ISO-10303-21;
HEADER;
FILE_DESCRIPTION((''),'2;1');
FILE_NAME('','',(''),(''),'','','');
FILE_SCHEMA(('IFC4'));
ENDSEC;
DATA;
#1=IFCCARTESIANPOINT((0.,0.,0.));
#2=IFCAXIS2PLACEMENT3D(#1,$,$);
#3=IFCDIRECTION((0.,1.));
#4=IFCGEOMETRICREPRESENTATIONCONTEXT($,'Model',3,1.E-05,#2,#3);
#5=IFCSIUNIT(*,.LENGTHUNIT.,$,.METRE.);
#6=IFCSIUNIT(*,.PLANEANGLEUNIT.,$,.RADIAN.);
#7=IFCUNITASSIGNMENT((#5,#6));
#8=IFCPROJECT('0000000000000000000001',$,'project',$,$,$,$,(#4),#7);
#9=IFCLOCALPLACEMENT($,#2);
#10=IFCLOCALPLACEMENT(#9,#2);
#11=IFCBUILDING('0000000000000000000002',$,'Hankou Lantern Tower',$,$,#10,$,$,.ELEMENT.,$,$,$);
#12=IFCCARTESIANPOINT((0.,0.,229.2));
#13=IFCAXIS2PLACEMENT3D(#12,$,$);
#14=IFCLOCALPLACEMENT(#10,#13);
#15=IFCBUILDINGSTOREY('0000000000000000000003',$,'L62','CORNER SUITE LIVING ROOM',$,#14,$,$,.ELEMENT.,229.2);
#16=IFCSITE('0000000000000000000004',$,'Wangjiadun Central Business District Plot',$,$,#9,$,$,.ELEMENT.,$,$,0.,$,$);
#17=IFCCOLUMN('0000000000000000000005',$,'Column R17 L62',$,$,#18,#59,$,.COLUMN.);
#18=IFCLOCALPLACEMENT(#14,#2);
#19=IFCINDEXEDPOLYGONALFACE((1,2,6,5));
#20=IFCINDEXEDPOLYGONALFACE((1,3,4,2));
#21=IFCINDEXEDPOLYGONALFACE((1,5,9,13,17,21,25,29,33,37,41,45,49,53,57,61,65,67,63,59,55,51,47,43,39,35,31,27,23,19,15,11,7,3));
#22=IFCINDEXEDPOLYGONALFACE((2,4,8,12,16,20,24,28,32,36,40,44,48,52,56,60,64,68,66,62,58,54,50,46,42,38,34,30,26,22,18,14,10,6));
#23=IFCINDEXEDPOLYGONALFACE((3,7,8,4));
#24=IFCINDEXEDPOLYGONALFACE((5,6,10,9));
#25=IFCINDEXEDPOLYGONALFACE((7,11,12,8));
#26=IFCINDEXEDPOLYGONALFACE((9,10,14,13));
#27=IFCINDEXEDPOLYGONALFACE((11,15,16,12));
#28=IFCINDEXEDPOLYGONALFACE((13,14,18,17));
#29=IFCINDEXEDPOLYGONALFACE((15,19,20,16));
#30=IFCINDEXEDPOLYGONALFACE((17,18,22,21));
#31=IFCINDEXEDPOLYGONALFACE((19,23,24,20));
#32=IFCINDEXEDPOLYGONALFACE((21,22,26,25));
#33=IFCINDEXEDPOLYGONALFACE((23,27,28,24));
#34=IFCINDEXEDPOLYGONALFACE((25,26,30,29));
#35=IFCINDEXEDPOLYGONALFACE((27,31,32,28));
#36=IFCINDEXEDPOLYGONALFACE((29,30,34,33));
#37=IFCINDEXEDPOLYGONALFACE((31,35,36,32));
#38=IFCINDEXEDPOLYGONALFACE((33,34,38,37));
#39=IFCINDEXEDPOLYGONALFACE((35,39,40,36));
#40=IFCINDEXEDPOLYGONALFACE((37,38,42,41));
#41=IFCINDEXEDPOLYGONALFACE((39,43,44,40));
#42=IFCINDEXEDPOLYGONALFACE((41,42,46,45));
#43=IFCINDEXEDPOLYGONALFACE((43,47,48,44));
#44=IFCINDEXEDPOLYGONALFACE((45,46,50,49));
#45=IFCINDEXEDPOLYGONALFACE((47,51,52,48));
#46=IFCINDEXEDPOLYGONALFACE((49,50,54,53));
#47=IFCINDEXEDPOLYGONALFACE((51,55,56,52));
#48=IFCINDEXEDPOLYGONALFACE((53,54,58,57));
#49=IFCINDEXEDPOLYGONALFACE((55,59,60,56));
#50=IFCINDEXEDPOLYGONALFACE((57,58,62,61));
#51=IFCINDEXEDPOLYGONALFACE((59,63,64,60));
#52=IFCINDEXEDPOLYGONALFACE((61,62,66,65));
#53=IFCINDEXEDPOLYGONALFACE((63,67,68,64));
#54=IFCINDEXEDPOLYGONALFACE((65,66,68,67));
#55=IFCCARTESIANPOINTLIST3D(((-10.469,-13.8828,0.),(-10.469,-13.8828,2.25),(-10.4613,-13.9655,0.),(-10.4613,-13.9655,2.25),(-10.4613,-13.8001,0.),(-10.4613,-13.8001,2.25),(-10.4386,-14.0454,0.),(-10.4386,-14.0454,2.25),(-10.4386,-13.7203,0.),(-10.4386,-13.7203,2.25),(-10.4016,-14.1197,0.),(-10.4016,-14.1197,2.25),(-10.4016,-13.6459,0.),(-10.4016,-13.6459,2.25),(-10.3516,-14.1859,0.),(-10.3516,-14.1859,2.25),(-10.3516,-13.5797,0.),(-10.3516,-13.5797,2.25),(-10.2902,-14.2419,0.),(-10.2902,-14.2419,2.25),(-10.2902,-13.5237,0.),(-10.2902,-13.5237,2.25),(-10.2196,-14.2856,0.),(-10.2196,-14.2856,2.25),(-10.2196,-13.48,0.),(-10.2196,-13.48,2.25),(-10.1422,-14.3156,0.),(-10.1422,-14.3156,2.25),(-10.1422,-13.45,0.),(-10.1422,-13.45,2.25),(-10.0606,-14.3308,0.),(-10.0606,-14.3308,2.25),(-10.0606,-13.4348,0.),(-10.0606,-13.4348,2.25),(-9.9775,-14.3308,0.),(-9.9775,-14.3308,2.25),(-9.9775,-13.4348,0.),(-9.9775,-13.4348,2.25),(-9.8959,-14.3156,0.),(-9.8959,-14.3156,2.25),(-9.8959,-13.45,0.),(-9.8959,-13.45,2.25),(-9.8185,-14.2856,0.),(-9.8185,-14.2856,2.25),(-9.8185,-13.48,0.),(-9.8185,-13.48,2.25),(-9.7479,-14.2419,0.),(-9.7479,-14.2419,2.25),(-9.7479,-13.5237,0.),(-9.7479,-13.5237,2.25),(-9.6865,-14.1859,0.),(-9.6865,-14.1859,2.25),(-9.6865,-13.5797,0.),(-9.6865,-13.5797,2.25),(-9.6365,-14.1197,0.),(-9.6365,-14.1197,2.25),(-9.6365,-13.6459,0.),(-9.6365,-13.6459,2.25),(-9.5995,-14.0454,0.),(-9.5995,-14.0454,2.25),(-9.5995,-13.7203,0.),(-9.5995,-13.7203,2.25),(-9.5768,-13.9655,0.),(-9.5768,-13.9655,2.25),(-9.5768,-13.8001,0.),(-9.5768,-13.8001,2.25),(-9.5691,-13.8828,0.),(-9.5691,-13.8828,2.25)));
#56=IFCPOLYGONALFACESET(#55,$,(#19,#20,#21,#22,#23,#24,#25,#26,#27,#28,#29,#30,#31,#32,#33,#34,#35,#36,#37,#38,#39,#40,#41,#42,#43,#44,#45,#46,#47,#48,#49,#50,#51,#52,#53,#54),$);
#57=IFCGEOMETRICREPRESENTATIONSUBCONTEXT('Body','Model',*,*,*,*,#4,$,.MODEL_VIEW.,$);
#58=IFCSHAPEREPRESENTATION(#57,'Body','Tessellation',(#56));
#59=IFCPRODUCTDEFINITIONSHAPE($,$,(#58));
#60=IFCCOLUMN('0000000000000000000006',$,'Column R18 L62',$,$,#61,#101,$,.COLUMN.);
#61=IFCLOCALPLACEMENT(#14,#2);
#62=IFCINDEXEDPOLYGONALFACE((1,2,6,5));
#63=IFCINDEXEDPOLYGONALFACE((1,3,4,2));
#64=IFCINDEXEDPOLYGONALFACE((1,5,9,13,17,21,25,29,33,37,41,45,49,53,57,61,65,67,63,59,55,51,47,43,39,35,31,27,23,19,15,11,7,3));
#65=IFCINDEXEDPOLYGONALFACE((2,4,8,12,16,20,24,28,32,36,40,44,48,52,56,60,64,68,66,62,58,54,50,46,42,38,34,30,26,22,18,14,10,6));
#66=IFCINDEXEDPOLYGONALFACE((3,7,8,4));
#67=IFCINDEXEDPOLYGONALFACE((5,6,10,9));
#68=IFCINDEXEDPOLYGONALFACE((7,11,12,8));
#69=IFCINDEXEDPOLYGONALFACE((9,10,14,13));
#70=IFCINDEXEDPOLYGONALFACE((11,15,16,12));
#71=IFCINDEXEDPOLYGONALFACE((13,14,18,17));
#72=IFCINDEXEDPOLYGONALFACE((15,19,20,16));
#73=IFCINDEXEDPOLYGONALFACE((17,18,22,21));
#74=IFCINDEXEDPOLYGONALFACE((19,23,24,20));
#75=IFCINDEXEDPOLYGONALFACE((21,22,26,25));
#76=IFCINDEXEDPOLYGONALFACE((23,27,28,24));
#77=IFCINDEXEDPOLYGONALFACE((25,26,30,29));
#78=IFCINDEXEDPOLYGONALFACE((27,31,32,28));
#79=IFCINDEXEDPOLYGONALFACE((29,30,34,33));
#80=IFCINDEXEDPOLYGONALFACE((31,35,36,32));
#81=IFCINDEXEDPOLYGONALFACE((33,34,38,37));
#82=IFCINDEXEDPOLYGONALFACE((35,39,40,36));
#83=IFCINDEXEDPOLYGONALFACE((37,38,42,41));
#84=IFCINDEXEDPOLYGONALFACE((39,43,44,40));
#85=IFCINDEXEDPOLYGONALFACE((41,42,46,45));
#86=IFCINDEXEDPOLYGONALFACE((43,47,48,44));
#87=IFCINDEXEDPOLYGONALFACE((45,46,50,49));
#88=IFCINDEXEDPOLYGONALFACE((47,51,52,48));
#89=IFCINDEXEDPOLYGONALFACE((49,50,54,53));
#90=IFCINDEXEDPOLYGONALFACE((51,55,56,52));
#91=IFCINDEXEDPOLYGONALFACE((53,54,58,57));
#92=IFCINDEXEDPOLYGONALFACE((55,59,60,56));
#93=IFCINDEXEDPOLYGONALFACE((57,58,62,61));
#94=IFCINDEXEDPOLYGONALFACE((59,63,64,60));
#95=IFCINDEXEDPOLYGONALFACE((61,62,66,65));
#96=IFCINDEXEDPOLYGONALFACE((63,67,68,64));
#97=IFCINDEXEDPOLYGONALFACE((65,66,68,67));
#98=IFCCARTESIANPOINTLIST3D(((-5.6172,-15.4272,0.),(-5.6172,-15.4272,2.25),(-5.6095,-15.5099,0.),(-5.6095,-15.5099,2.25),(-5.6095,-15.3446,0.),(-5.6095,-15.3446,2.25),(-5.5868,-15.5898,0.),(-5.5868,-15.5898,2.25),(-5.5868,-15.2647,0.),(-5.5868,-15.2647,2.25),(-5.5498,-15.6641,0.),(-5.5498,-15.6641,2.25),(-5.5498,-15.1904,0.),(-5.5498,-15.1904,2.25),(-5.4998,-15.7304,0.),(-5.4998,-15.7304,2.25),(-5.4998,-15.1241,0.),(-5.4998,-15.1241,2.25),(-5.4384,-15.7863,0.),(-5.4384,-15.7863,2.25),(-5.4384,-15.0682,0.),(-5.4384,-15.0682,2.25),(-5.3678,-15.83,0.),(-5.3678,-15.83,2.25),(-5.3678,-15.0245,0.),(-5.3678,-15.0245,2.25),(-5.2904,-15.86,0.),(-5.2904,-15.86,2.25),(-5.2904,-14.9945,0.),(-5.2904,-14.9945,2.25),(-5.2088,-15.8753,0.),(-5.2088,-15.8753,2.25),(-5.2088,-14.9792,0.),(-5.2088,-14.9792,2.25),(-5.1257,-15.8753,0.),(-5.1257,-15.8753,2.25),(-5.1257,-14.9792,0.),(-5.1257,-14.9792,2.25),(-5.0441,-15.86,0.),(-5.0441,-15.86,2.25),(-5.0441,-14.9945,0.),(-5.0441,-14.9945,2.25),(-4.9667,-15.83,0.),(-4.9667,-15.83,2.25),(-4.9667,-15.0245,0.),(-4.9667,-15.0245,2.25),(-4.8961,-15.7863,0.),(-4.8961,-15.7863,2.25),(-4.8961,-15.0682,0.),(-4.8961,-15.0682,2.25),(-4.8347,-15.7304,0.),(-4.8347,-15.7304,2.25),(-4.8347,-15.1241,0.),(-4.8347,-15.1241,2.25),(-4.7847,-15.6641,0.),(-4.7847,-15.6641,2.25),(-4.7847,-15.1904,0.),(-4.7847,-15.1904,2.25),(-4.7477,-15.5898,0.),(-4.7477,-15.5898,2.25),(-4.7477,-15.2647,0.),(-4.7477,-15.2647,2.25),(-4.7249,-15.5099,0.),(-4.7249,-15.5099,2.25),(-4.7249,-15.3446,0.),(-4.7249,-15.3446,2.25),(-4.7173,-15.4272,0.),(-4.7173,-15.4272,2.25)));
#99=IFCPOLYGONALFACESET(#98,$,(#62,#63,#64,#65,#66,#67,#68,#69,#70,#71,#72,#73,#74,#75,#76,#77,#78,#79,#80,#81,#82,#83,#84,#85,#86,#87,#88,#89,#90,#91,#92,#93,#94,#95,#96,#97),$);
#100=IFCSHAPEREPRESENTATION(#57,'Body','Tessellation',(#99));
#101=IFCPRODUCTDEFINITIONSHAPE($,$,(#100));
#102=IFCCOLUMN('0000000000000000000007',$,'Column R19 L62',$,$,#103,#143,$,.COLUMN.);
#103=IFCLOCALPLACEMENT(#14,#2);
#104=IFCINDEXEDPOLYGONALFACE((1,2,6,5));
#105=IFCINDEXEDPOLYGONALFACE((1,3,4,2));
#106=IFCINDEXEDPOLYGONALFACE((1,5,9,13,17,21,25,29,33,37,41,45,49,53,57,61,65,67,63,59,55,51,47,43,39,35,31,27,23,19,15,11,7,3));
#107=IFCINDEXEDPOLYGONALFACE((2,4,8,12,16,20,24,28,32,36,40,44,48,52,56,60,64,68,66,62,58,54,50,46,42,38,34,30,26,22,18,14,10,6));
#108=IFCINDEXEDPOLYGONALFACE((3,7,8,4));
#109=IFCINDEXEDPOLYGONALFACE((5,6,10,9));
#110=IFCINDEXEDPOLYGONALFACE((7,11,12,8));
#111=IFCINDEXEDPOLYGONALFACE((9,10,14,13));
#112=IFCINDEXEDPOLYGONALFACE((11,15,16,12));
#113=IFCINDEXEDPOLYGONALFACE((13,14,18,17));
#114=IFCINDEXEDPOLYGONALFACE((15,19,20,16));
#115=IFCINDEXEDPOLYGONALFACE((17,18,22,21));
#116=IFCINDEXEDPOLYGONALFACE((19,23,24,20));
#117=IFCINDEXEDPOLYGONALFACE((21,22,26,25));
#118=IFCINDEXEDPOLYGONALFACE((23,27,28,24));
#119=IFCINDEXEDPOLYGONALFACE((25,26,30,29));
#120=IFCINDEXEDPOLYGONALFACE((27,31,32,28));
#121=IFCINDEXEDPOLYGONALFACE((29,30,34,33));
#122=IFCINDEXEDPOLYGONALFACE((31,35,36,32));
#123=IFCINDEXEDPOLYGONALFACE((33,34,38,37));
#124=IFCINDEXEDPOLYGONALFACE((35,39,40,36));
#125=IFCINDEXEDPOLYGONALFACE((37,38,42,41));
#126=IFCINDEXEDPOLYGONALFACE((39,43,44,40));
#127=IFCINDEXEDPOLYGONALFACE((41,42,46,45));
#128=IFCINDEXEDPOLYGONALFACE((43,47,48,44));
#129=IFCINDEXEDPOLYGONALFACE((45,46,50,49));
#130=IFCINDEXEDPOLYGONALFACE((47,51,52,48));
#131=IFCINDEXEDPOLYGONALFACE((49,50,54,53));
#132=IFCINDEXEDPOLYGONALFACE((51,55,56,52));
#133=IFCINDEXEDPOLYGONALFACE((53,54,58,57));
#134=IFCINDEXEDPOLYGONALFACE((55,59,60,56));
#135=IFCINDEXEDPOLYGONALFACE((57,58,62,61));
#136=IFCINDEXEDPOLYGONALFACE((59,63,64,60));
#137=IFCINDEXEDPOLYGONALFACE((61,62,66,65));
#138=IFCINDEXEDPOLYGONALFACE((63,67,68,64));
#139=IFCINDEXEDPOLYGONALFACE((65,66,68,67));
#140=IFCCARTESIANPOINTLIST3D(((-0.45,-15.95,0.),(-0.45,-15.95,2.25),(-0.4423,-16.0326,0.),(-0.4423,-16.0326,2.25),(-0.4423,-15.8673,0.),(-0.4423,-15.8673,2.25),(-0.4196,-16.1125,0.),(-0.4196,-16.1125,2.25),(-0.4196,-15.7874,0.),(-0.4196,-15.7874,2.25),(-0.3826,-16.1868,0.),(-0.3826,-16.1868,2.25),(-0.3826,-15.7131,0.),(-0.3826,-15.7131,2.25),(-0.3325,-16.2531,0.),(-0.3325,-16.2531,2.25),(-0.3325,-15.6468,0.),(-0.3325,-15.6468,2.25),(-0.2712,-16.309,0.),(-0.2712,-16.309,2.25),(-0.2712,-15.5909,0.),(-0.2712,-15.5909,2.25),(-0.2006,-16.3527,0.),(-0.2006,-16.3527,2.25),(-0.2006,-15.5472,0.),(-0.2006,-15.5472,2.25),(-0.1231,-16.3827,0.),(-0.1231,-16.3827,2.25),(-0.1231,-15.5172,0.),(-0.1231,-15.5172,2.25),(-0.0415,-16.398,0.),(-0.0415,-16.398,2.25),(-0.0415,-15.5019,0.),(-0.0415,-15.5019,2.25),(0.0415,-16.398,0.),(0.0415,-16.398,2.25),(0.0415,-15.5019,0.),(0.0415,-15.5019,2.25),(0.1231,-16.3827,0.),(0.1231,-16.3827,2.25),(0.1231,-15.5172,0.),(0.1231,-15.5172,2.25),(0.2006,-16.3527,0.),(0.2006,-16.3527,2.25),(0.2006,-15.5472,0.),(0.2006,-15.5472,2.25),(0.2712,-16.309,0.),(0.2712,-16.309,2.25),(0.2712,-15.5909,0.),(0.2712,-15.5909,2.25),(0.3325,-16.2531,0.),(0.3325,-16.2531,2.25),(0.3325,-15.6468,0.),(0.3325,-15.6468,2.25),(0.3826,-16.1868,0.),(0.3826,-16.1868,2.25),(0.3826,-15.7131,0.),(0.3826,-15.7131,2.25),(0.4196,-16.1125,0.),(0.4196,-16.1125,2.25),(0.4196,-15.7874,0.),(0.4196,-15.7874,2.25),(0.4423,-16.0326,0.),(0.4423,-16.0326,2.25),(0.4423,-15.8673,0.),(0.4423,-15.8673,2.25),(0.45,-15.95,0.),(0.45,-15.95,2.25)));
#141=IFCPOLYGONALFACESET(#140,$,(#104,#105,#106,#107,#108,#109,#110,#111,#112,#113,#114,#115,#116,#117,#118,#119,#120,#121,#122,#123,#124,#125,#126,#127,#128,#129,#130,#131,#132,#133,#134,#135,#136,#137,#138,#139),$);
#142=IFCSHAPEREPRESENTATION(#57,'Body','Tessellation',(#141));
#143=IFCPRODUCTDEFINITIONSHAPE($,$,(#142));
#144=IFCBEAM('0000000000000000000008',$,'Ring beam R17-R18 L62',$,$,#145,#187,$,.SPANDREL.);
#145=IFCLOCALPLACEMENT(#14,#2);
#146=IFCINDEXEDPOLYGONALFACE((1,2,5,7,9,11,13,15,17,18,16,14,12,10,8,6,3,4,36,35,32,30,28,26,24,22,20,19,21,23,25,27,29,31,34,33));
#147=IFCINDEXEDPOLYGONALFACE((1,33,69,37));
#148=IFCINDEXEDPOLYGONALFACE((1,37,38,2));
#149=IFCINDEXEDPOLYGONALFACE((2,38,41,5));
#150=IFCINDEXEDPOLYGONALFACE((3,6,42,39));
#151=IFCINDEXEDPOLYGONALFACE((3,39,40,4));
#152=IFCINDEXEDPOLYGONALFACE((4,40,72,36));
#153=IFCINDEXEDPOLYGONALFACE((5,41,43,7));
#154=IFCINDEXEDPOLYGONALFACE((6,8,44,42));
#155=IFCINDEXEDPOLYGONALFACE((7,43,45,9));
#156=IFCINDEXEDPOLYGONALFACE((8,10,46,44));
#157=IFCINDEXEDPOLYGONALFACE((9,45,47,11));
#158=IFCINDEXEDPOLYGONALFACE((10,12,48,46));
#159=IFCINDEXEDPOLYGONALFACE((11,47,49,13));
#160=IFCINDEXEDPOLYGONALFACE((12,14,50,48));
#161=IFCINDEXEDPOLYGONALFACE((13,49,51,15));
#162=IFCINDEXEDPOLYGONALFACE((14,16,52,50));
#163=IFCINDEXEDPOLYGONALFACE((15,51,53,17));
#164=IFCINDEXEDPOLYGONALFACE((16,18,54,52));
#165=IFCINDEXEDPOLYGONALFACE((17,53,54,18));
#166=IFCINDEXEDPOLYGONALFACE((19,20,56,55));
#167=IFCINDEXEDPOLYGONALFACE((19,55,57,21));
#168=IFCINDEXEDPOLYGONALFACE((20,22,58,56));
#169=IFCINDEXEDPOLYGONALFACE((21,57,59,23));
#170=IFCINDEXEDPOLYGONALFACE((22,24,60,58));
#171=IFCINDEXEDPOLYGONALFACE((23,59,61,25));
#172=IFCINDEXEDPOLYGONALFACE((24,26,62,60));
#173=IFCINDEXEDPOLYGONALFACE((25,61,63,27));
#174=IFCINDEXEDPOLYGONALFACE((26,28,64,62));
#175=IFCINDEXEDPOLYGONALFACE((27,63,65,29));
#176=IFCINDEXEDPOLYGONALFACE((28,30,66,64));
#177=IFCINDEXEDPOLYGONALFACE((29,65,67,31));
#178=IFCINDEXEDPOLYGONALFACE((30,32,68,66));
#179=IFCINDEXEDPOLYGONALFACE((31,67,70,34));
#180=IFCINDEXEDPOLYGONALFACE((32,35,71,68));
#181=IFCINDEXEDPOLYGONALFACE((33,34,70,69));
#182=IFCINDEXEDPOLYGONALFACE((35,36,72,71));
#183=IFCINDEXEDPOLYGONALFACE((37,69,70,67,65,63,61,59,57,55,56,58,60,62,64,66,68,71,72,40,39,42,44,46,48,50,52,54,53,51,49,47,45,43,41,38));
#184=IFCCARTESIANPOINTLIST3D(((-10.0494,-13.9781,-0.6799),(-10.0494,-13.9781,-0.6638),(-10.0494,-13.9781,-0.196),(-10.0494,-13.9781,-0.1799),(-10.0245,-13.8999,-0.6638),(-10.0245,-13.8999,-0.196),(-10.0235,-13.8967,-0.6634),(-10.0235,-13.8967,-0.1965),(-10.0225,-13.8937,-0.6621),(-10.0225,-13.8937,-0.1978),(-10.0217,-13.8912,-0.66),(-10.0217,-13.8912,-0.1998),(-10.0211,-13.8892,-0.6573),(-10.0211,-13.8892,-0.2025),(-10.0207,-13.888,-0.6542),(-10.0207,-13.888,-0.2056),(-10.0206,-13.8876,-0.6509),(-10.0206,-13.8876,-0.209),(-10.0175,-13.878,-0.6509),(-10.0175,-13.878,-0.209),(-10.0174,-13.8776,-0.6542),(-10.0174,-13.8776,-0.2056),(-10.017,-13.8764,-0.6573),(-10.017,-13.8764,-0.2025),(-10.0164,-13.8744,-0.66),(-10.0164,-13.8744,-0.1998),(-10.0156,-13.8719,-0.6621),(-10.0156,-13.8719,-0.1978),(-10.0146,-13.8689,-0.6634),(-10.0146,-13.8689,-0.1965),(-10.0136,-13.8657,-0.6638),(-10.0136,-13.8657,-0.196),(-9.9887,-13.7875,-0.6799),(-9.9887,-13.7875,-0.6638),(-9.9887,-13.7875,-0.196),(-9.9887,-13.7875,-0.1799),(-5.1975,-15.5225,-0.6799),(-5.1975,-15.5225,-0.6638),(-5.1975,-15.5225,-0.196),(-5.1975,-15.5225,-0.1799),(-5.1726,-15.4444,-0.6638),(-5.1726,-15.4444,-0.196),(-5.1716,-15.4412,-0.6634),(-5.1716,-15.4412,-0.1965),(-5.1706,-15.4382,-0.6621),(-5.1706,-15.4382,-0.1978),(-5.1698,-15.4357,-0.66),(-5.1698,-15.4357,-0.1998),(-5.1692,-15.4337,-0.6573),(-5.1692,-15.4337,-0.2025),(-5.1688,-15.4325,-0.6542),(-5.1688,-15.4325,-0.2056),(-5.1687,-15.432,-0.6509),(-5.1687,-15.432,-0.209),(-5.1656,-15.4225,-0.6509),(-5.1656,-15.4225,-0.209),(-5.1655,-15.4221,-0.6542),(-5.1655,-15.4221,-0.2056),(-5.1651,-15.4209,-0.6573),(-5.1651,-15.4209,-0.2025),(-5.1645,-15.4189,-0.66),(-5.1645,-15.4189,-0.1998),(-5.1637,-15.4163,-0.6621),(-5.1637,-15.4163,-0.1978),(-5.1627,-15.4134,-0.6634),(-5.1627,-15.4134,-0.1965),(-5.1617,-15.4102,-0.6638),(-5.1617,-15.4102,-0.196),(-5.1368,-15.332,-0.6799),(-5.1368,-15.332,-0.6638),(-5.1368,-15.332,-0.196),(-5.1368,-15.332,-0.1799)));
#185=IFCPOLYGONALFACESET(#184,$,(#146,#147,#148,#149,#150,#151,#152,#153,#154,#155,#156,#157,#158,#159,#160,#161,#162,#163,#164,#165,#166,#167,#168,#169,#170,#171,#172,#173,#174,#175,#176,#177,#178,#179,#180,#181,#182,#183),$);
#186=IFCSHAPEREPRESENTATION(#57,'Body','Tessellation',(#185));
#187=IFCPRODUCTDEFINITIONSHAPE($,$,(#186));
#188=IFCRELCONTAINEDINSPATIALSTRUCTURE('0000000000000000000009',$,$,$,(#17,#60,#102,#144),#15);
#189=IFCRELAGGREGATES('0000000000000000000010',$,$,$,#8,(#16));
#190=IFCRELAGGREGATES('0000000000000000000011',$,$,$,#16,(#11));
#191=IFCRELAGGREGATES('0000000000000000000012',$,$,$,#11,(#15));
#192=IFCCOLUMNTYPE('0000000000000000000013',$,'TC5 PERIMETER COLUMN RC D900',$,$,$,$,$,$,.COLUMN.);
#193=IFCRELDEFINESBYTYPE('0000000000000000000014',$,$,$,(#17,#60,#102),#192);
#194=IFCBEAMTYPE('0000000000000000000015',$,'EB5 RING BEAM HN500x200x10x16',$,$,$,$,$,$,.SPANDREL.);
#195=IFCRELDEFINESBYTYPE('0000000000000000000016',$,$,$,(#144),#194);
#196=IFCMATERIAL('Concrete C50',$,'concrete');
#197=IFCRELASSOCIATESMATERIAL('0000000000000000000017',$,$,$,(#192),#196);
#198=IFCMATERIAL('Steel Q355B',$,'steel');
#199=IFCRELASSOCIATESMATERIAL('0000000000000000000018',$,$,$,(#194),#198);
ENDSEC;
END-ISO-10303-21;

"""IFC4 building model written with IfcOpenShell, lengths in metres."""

from ifc_helpers import new_model, si_unit, direction, frame, origin, origin_2d, place, context, subcontext, project, spatial, circle, i_section, extrude, clip, halfspace, material, material_profile, profile_set, type_object, element, save


model = new_model("IFC4")

# Units and contexts
model_context = context("Model", 3, precision=1e-05, world=origin(), true_north=direction((0.0, 1.0)))
body_context = subcontext(model_context, "Body", "Model", "MODEL_VIEW")
ifc_project = project(units=[si_unit("LENGTHUNIT", "METRE"), si_unit("PLANEANGLEUNIT", "RADIAN")], contexts=[model_context])

# Site, building, storey
site_placement = place(None, origin())
site = spatial("IfcSite", under=ifc_project, at=site_placement, Name="Wangjiadun Central Business District Plot", CompositionType="ELEMENT", RefElevation=0.0)
building_placement = place(site_placement, origin())
building = spatial("IfcBuilding", under=site, at=building_placement, Name="Hankou Lantern Tower", CompositionType="ELEMENT")
storey_placement = place(building_placement, frame((0.0, 0.0, 229.2)))
storey = spatial("IfcBuildingStorey", under=building, at=storey_placement, Name="L62", Description="CORNER SUITE LIVING ROOM", CompositionType="ELEMENT", Elevation=229.2)

# Columns
ifc_material_1 = material(Name="Concrete C50", Category="concrete")
ifc_material_profile_1 = material_profile(ifc_material_1, circle(Radius=0.45, at=origin_2d()), Name="RC D900")
ifc_profile_set_1 = profile_set([ifc_material_profile_1], Name="Concrete C50")
column_type = type_object("IfcColumnType", Name="TC5 PERIMETER COLUMN RC D900", PredefinedType="COLUMN", material=ifc_profile_set_1)
for number, where, z_axis, x_axis, name in (
    (1, (-10.019, -13.8828, 0.0), (0.0, 0.0, 1.0), (1.0, 0.0, 0.0), "Column R17 L62"),
    (2, (-5.1672, -15.4272, 0.0), (0.0, 0.0, 1.0), (1.0, 0.0, 0.0), "Column R18 L62"),
    (3, (0.0, -15.95, 0.0), (0.0, 0.0, 1.0), (1.0, 0.0, 0.0), "Column R19 L62"),
):
    element("IfcColumn", number, at=place(storey_placement, frame(where, z_axis=z_axis, x_axis=x_axis)), inside=storey, type_object=column_type, Name=name, PredefinedType="COLUMN", context=body_context, shape_type="Clipping", body=[
        clip(extrude(circle(Radius=0.45, at=origin_2d()), origin(), (0.0, 0.0, 1.0), 3.3), halfspace(frame((0.0, 0.0, 2.25), z_axis=(0.0, 0.0, 1.0), x_axis=(1.0, 0.0, 0.0)), False)),
    ])

# Beam
ifc_material_2 = material(Name="Steel Q355B", Category="steel")
ifc_material_profile_2 = material_profile(ifc_material_2, i_section(OverallWidth=0.2, OverallDepth=0.5, WebThickness=0.01, FlangeThickness=0.0161, FilletRadius=0.0129, at=origin_2d()), Name="HN500x200x10x16")
ifc_profile_set_2 = profile_set([ifc_material_profile_2], Name="Steel Q355B")
beam_type_1 = type_object("IfcBeamType", Name="EB5 RING BEAM HN500x200x10x16", PredefinedType="SPANDREL", material=ifc_profile_set_2)
beam_1_placement = place(storey_placement, frame((-10.019, -13.8828, -0.4299), z_axis=(0.952887, -0.303324, 0.0), x_axis=(0.303324, 0.952887, 0.0)))
element("IfcBeam", 4, at=beam_1_placement, inside=storey, type_object=beam_type_1, Name="Ring beam R17-R18 L62", PredefinedType="SPANDREL", context=body_context, shape_type="SweptSolid", body=[
    extrude(i_section(OverallWidth=0.2, OverallDepth=0.5, WebThickness=0.01, FlangeThickness=0.0161, FilletRadius=0.0129, at=origin_2d()), origin(), (0.0, 0.0, 1.0), 5.0918),
])

save(model, "model.ifc")
